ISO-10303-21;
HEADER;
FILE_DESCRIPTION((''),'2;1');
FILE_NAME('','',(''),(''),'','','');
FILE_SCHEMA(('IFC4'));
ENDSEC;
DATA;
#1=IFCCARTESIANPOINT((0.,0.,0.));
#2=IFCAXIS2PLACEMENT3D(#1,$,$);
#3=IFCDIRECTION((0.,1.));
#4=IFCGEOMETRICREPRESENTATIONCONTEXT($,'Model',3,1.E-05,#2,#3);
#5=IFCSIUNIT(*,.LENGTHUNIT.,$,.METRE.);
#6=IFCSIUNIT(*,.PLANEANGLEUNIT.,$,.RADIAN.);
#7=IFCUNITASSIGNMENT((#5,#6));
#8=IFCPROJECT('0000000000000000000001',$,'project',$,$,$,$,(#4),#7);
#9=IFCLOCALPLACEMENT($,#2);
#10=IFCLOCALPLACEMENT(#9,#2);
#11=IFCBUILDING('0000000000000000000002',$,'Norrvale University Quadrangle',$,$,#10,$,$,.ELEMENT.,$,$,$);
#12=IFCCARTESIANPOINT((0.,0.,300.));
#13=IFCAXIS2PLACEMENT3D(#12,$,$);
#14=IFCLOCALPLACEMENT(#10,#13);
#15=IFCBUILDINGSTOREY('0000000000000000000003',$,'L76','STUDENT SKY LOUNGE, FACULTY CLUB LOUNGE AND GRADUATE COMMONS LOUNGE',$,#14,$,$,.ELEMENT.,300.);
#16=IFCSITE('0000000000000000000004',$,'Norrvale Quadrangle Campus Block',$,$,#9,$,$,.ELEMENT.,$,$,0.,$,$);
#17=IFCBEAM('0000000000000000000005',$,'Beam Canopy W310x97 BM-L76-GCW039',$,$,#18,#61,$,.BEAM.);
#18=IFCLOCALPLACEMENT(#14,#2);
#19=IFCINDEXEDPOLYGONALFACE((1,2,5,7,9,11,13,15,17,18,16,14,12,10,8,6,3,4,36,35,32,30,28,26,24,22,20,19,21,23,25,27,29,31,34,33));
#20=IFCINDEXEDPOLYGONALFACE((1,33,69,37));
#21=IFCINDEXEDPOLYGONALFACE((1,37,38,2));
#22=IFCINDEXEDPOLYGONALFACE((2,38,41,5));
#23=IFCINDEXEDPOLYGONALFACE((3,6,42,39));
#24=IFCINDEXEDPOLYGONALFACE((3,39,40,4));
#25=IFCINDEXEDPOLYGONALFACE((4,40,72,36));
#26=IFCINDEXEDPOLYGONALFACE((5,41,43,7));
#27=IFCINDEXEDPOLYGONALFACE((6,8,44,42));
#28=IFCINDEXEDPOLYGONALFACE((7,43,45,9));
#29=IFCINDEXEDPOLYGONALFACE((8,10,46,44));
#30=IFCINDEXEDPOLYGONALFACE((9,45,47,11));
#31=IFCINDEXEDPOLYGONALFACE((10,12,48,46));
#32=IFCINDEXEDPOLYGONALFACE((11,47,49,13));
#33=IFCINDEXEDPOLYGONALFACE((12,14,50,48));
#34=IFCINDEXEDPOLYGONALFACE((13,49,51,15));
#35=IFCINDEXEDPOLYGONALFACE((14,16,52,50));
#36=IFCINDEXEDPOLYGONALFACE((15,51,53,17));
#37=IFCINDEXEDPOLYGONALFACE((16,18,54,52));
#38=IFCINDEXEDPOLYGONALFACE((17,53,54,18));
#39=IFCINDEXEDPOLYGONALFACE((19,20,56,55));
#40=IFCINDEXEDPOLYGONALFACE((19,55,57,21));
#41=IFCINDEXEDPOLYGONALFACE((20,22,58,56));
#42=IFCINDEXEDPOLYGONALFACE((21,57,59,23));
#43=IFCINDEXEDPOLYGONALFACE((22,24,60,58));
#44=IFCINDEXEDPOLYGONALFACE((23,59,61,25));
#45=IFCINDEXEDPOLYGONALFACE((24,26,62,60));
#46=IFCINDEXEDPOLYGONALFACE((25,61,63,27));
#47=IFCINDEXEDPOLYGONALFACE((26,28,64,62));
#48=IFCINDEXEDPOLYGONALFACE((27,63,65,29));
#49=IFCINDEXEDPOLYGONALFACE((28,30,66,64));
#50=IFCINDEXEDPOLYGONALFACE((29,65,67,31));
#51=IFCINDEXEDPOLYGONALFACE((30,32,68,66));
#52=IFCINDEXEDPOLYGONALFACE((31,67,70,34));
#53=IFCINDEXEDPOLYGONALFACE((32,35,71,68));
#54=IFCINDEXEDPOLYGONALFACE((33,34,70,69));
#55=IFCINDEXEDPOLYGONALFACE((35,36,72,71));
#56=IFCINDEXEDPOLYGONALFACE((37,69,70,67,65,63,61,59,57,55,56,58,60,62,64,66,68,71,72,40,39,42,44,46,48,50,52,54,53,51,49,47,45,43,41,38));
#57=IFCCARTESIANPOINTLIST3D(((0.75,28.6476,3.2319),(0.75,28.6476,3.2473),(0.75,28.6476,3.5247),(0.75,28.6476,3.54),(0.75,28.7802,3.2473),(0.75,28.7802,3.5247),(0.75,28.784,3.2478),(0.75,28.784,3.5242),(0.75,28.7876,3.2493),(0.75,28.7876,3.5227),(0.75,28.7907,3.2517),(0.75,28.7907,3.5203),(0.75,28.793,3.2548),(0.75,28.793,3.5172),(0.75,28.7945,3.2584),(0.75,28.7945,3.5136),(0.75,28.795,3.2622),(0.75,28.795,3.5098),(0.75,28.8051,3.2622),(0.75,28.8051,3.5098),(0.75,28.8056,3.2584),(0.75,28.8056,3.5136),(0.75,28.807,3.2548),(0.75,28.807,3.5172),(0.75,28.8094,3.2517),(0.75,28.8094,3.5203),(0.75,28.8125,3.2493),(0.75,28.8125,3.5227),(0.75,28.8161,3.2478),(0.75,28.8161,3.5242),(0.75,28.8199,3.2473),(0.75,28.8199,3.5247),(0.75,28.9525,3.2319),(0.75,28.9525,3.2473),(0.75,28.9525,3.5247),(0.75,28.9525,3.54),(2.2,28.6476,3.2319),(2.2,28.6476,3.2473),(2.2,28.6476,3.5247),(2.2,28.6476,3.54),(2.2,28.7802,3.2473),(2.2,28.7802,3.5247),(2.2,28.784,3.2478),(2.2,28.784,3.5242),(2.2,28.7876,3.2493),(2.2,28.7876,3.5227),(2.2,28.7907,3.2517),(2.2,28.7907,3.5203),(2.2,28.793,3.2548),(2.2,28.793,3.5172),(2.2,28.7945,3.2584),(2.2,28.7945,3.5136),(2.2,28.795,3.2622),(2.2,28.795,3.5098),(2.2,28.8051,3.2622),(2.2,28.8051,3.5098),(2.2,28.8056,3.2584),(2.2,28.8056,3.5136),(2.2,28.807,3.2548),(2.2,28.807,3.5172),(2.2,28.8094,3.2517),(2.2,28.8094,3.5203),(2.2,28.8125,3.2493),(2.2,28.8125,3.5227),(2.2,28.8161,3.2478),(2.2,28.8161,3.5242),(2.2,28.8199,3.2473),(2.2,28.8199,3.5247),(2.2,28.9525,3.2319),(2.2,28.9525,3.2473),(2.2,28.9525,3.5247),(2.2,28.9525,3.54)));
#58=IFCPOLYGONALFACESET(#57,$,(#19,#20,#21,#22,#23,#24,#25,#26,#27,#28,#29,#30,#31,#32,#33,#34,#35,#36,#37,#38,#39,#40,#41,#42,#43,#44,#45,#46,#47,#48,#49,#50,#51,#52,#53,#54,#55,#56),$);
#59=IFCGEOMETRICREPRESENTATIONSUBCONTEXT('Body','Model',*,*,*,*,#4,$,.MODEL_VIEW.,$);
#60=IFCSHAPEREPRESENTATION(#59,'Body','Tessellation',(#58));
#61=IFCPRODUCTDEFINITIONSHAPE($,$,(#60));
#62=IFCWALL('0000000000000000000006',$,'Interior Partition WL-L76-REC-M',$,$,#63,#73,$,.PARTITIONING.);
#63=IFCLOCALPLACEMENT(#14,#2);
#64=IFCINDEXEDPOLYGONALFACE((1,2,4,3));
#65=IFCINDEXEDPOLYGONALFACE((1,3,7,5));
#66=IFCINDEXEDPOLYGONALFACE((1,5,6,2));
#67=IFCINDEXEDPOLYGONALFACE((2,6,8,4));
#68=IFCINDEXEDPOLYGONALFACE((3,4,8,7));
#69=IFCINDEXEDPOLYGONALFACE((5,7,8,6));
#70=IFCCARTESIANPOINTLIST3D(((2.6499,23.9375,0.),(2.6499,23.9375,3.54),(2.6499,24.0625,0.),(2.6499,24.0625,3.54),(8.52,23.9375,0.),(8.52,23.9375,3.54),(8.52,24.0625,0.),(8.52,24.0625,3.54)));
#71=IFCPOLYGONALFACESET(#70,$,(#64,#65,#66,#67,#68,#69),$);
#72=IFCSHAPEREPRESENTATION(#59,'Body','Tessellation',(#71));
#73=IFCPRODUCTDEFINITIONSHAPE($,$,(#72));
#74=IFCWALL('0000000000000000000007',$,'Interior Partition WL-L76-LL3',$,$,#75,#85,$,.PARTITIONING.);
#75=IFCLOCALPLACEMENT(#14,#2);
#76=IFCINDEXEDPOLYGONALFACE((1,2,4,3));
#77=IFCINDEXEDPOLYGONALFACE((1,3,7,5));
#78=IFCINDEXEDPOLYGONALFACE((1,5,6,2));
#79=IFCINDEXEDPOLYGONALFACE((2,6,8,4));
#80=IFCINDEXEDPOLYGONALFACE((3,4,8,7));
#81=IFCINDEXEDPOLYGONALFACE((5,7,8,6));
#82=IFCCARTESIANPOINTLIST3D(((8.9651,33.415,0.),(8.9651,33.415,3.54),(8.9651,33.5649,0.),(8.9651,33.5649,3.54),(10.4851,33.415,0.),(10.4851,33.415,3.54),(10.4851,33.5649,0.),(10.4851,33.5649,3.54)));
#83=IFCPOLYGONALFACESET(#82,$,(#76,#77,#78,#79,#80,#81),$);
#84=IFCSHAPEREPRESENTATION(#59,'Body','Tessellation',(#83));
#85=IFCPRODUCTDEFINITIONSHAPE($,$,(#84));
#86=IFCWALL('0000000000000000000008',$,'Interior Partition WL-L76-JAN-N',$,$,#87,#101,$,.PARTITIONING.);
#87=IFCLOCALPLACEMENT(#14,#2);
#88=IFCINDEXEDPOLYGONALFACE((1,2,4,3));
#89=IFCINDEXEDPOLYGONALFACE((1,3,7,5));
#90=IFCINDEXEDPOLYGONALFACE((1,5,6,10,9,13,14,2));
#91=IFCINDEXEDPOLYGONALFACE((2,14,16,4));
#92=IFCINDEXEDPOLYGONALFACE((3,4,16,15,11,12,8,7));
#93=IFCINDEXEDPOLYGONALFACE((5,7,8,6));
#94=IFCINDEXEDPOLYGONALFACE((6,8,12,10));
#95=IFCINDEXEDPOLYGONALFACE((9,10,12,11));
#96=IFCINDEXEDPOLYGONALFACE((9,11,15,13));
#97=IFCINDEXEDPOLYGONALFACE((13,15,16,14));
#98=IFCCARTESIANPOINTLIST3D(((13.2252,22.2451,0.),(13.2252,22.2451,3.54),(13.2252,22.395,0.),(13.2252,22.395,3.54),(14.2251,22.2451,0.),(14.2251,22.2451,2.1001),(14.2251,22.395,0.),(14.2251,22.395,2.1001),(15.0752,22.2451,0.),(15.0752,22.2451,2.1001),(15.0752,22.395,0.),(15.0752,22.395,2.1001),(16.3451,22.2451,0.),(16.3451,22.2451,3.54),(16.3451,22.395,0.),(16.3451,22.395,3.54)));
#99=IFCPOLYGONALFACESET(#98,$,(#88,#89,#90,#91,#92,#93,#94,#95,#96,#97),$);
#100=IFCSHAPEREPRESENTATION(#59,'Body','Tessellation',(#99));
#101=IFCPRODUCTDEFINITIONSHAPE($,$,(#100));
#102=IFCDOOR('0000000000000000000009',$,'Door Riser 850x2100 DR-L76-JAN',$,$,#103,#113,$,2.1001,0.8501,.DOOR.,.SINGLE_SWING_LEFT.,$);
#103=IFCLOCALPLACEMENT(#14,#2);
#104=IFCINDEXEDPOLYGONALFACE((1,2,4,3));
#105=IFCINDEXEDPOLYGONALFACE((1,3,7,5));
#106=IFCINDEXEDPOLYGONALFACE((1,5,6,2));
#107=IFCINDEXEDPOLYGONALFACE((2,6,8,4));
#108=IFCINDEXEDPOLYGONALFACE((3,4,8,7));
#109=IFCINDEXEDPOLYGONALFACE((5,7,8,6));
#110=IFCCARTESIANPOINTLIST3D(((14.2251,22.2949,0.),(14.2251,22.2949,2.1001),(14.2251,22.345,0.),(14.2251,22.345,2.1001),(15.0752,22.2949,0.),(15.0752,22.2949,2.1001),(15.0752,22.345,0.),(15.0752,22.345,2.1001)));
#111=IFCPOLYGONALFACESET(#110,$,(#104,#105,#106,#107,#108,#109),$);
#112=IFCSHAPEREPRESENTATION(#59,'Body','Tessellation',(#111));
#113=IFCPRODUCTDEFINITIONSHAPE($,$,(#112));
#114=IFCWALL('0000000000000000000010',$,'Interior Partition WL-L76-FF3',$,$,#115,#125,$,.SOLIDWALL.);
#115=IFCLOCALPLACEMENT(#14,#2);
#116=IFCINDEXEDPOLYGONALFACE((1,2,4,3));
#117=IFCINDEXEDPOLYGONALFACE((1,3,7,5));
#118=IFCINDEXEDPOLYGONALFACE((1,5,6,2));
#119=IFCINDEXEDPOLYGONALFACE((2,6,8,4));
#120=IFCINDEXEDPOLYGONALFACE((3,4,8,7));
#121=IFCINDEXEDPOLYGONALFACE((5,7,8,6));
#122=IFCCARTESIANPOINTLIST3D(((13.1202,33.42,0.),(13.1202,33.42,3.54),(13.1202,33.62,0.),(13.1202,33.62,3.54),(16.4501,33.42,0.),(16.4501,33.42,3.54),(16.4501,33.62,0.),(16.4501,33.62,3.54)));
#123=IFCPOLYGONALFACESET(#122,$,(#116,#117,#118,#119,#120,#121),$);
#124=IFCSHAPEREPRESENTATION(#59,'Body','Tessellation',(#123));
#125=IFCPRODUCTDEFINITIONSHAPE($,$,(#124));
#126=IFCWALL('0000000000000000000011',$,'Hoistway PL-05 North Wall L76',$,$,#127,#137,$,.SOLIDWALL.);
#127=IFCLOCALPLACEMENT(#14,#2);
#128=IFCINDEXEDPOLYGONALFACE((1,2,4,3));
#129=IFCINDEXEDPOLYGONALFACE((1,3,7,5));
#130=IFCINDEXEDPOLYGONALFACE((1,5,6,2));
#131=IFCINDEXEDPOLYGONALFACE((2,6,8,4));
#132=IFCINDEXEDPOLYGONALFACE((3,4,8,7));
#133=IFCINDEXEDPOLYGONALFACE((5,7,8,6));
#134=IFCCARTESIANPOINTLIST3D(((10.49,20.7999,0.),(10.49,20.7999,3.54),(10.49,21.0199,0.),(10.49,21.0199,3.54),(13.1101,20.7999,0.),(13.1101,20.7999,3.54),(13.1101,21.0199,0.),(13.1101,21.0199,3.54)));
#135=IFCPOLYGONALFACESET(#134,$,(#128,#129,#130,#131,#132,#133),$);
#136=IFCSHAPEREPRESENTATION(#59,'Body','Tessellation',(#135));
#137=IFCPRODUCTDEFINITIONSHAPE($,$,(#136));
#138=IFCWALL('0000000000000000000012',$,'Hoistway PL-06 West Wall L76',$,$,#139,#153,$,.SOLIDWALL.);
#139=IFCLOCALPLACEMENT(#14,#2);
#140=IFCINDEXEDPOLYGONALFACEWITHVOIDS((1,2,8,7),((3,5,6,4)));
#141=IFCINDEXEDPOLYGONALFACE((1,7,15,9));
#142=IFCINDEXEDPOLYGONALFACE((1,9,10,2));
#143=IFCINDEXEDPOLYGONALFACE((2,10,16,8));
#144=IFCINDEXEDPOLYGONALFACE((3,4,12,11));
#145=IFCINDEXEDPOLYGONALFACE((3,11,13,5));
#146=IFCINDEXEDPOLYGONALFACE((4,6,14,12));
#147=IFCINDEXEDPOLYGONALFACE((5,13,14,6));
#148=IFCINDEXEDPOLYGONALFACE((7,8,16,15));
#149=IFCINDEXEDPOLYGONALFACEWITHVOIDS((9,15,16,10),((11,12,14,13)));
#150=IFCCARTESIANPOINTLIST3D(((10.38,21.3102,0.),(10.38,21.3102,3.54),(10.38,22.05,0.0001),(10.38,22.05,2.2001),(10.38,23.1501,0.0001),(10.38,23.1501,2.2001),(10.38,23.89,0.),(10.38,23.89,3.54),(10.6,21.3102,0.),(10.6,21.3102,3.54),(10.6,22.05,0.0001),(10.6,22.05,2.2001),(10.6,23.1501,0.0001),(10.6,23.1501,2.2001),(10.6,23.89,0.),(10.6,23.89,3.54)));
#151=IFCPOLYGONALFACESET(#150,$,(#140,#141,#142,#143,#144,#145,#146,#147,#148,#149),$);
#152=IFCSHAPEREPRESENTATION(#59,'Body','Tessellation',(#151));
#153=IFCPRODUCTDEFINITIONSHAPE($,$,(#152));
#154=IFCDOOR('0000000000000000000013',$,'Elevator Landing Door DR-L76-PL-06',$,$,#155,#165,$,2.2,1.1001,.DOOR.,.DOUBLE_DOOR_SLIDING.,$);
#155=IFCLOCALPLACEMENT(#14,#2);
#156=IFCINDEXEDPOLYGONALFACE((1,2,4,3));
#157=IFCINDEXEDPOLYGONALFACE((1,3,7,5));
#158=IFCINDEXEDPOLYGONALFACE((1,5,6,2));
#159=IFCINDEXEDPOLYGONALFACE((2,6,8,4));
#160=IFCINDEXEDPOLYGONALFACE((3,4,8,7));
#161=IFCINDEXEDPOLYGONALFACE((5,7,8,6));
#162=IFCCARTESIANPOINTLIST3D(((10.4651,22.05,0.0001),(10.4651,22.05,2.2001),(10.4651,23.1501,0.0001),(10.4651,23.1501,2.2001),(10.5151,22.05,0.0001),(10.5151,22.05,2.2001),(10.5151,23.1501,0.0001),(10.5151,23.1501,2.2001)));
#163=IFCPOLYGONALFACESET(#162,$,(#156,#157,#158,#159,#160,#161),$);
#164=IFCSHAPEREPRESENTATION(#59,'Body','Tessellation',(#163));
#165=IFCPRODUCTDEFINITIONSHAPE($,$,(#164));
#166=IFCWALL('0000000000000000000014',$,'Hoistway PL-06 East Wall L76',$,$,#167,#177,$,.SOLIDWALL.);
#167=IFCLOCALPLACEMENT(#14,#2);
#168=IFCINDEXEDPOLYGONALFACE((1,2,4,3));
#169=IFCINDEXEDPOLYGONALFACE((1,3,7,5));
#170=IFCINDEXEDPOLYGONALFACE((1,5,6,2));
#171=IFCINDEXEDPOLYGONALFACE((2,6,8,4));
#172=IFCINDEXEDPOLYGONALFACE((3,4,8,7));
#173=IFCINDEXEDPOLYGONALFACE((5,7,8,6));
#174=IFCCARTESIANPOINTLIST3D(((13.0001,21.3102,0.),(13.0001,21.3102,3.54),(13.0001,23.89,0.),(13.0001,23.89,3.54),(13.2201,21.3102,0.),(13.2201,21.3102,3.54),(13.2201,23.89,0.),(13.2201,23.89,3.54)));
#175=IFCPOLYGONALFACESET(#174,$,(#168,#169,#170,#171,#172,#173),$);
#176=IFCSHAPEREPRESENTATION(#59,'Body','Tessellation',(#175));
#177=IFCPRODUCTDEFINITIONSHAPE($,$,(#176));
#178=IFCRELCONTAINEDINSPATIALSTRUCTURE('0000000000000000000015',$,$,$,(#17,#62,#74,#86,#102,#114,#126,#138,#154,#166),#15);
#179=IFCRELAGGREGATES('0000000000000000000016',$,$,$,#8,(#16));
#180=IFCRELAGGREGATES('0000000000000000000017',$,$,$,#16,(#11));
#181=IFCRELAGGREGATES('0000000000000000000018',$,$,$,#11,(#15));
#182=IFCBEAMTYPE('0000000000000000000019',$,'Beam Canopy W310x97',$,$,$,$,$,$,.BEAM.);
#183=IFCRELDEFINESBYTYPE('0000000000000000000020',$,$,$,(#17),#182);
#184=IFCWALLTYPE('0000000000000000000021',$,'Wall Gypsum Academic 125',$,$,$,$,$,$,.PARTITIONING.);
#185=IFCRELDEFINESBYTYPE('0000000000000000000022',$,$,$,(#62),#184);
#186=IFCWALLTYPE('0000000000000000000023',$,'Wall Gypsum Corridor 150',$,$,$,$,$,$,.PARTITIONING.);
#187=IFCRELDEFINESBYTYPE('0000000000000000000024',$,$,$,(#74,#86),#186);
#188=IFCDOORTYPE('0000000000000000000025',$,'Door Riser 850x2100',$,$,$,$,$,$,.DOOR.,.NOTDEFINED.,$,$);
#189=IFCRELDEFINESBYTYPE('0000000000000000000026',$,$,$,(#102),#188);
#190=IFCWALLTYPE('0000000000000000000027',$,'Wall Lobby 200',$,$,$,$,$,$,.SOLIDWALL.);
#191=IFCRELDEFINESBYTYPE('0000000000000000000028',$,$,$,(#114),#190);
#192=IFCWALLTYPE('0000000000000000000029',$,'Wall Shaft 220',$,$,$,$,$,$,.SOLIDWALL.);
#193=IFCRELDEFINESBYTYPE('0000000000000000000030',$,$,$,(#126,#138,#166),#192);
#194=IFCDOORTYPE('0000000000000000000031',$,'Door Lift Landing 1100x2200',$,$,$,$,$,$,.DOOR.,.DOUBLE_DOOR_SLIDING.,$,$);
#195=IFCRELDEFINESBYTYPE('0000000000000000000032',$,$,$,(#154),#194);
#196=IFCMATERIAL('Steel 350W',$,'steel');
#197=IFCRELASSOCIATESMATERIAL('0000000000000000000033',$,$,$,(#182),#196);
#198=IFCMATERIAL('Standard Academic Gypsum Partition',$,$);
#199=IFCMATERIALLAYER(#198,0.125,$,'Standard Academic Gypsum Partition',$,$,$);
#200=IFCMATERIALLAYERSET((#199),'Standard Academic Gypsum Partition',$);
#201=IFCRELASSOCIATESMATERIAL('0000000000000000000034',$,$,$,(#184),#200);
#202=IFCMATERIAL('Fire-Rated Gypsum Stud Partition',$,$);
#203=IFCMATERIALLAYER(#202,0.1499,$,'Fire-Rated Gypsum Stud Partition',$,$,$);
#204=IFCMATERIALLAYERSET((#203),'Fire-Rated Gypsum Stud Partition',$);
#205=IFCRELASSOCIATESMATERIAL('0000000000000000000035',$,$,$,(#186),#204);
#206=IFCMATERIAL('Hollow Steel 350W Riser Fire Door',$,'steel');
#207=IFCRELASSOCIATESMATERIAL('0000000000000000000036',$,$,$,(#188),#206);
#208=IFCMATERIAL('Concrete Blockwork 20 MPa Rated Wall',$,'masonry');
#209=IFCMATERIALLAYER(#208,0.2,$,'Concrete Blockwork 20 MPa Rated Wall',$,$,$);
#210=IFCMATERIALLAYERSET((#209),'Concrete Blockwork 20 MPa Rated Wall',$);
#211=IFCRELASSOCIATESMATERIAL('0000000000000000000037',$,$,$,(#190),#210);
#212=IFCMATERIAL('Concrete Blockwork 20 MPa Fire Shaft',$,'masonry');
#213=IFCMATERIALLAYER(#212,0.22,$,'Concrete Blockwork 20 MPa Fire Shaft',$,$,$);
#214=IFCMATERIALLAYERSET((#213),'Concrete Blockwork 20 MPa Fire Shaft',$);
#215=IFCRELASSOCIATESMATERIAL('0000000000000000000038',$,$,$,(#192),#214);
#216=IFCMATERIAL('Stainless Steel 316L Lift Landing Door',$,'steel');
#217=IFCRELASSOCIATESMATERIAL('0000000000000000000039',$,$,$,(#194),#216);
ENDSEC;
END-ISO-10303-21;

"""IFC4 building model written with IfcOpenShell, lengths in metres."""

from ifc_helpers import new_model, si_unit, direction, frame, frame_2d, origin, origin_2d, place, context, subcontext, project, spatial, rectangle, i_section, extrude, material, layer, layer_set, material_profile, profile_set, type_object, element, fill, save


model = new_model("IFC4")

# Units and contexts
model_context = context("Model", 3, precision=1e-05, world=origin(), true_north=direction((0.0, 1.0)))
body_context = subcontext(model_context, "Body", "Model", "MODEL_VIEW")
ifc_project = project(units=[si_unit("LENGTHUNIT", "METRE"), si_unit("PLANEANGLEUNIT", "RADIAN")], contexts=[model_context])

# Site, building, storey
site_placement = place(None, origin())
site = spatial("IfcSite", under=ifc_project, at=site_placement, Name="Norrvale Quadrangle Campus Block", CompositionType="ELEMENT", RefElevation=0.0)
building_placement = place(site_placement, origin())
building = spatial("IfcBuilding", under=site, at=building_placement, Name="Norrvale University Quadrangle", CompositionType="ELEMENT")
storey_placement = place(building_placement, frame((0.0, 0.0, 300.0)))
storey = spatial("IfcBuildingStorey", under=building, at=storey_placement, Name="L76", Description="STUDENT SKY LOUNGE, FACULTY CLUB LOUNGE AND GRADUATE COMMONS LOUNGE", CompositionType="ELEMENT", Elevation=300.0)

# Beam
ifc_material_1 = material(Name="Steel 350W", Category="steel")
ifc_material_profile_1 = material_profile(ifc_material_1, i_section(OverallWidth=0.3049, OverallDepth=0.3081, WebThickness=0.01, FlangeThickness=0.0154, FilletRadius=0.0149, at=origin_2d()), Name="Steel 350W")
ifc_profile_set_1 = profile_set([ifc_material_profile_1], Name="Steel 350W")
beam_type = type_object("IfcBeamType", Name="Beam Canopy W310x97", PredefinedType="BEAM", material=ifc_profile_set_1)
for number, where, z_axis, x_axis, name in (
    (1, (0.75, 28.8, 3.386), (1.0, 0.0, 0.0), (0.0, 1.0, 0.0), "Beam Canopy W310x97 BM-L76-GCW039"),
):
    element("IfcBeam", number, at=place(storey_placement, frame(where, z_axis=z_axis, x_axis=x_axis)), inside=storey, type_object=beam_type, Name=name, PredefinedType="BEAM", context=body_context, shape_type="SweptSolid", body=[
        extrude(i_section(OverallWidth=0.3049, OverallDepth=0.3081, WebThickness=0.01, FlangeThickness=0.0154, FilletRadius=0.0149, at=origin_2d()), origin(), (0.0, 0.0, 1.0), 1.45),
    ])

# Walls
ifc_material_2 = material(Name="Standard Academic Gypsum Partition")
ifc_layer_1 = layer(ifc_material_2, 0.125, Name="Standard Academic Gypsum Partition")
ifc_layer_set_1 = layer_set([ifc_layer_1], Name="Standard Academic Gypsum Partition")
wall_type_1 = type_object("IfcWallType", Name="Wall Gypsum Academic 125", PredefinedType="PARTITIONING", material=ifc_layer_set_1)
wall_1_placement = place(storey_placement, frame((2.6499, 24.0, 0.0), z_axis=(0.0, 0.0, 1.0), x_axis=(1.0, 0.0, 0.0)))
element("IfcWall", 2, at=wall_1_placement, inside=storey, type_object=wall_type_1, Name="Interior Partition WL-L76-REC-M", PredefinedType="PARTITIONING", context=body_context, shape_type="SweptSolid", body=[
    extrude(rectangle(XDim=5.8701, YDim=0.125, at=frame_2d((2.9351, 0.0))), origin(), (0.0, 0.0, 1.0), 3.54),
])
ifc_material_3 = material(Name="Fire-Rated Gypsum Stud Partition")
ifc_layer_2 = layer(ifc_material_3, 0.1499, Name="Fire-Rated Gypsum Stud Partition")
ifc_layer_set_2 = layer_set([ifc_layer_2], Name="Fire-Rated Gypsum Stud Partition")
wall_type_2 = type_object("IfcWallType", Name="Wall Gypsum Corridor 150", PredefinedType="PARTITIONING", material=ifc_layer_set_2)
wall_2_placement = place(storey_placement, frame((8.9651, 33.49, 0.0), z_axis=(0.0, 0.0, 1.0), x_axis=(1.0, 0.0, 0.0)))
element("IfcWall", 3, at=wall_2_placement, inside=storey, type_object=wall_type_2, Name="Interior Partition WL-L76-LL3", PredefinedType="PARTITIONING", context=body_context, shape_type="SweptSolid", body=[
    extrude(rectangle(XDim=1.52, YDim=0.1499, at=frame_2d((0.76, 0.0))), origin(), (0.0, 0.0, 1.0), 3.54),
])

# Wall, opening, door
wall_3_placement = place(storey_placement, frame((13.2251, 22.3201, 0.0), z_axis=(0.0, 0.0, 1.0), x_axis=(1.0, 0.0, 0.0)))
wall_3 = element("IfcWall", 4, at=wall_3_placement, inside=storey, type_object=wall_type_2, Name="Interior Partition WL-L76-JAN-N", PredefinedType="PARTITIONING", context=body_context, shape_type="SweptSolid", body=[
    extrude(rectangle(XDim=3.1199, YDim=0.1499, at=frame_2d((1.5601, 0.0))), origin(), (0.0, 0.0, 1.0), 3.54),
])
opening_1_placement = place(wall_3_placement, frame((1.0, 0.0, 0.0)))
opening_1 = element("IfcOpeningElement", 5, at=opening_1_placement, cuts=wall_3, PredefinedType="OPENING", context=body_context, shape_type="SweptSolid", body=[
    extrude(rectangle(XDim=0.8501, YDim=2.1001, at=frame_2d((0.425, 1.05))), frame((0.0, 0.0869, 0.0), z_axis=(0.0, -1.0, 0.0), x_axis=(1.0, 0.0, 0.0)), (0.0, 0.0, 1.0), 0.1738),
])
ifc_material_4 = material(Name="Hollow Steel 350W Riser Fire Door", Category="steel")
door_type_1 = type_object("IfcDoorType", Name="Door Riser 850x2100", OperationType="NOTDEFINED", PredefinedType="DOOR", material=ifc_material_4)
door_1_placement = place(opening_1_placement, origin())
door_1 = element("IfcDoor", 6, at=door_1_placement, inside=storey, type_object=door_type_1, Name="Door Riser 850x2100 DR-L76-JAN", OperationType="SINGLE_SWING_LEFT", OverallHeight=2.1001, OverallWidth=0.8501, PredefinedType="DOOR", context=body_context, shape_type="SweptSolid", body=[
    extrude(rectangle(XDim=0.8501, YDim=2.1001, at=frame_2d((0.425, 1.05))), frame((0.0, 0.0249, 0.0), z_axis=(0.0, -1.0, 0.0), x_axis=(1.0, 0.0, 0.0)), (0.0, 0.0, 1.0), 0.05),
])
fill(opening_1, door_1)

# Walls
ifc_material_5 = material(Name="Concrete Blockwork 20 MPa Rated Wall", Category="masonry")
ifc_layer_3 = layer(ifc_material_5, 0.2, Name="Concrete Blockwork 20 MPa Rated Wall")
ifc_layer_set_3 = layer_set([ifc_layer_3], Name="Concrete Blockwork 20 MPa Rated Wall")
wall_type_3 = type_object("IfcWallType", Name="Wall Lobby 200", PredefinedType="SOLIDWALL", material=ifc_layer_set_3)
wall_4_placement = place(storey_placement, frame((13.1201, 33.52, 0.0), z_axis=(0.0, 0.0, 1.0), x_axis=(1.0, 0.0, 0.0)))
element("IfcWall", 7, at=wall_4_placement, inside=storey, type_object=wall_type_3, Name="Interior Partition WL-L76-FF3", PredefinedType="SOLIDWALL", context=body_context, shape_type="SweptSolid", body=[
    extrude(rectangle(XDim=3.3298, YDim=0.2, at=frame_2d((1.665, 0.0))), origin(), (0.0, 0.0, 1.0), 3.54),
])
ifc_material_6 = material(Name="Concrete Blockwork 20 MPa Fire Shaft", Category="masonry")
ifc_layer_4 = layer(ifc_material_6, 0.22, Name="Concrete Blockwork 20 MPa Fire Shaft")
ifc_layer_set_4 = layer_set([ifc_layer_4], Name="Concrete Blockwork 20 MPa Fire Shaft")
wall_type_4 = type_object("IfcWallType", Name="Wall Shaft 220", PredefinedType="SOLIDWALL", material=ifc_layer_set_4)
wall_5_placement = place(storey_placement, frame((10.49, 20.9099, 0.0), z_axis=(0.0, 0.0, 1.0), x_axis=(1.0, 0.0, 0.0)))
element("IfcWall", 8, at=wall_5_placement, inside=storey, type_object=wall_type_4, Name="Hoistway PL-05 North Wall L76", PredefinedType="SOLIDWALL", context=body_context, shape_type="SweptSolid", body=[
    extrude(rectangle(XDim=2.6201, YDim=0.22, at=frame_2d((1.3101, 0.0))), origin(), (0.0, 0.0, 1.0), 3.54),
])

# Wall, opening, door
wall_6_placement = place(storey_placement, frame((10.49, 21.3101, 0.0), z_axis=(0.0, 0.0, 1.0), x_axis=(0.0, 1.0, 0.0)))
wall_6 = element("IfcWall", 9, at=wall_6_placement, inside=storey, type_object=wall_type_4, Name="Hoistway PL-06 West Wall L76", PredefinedType="SOLIDWALL", context=body_context, shape_type="SweptSolid", body=[
    extrude(rectangle(XDim=2.5798, YDim=0.22, at=frame_2d((1.29, 0.0))), origin(), (0.0, 0.0, 1.0), 3.54),
])
opening_2_placement = place(wall_6_placement, frame((0.74, 0.0, 0.0)))
opening_2 = element("IfcOpeningElement", 10, at=opening_2_placement, cuts=wall_6, PredefinedType="OPENING", context=body_context, shape_type="SweptSolid", body=[
    extrude(rectangle(XDim=1.1001, YDim=2.2, at=frame_2d((0.55, 1.1001))), frame((0.0, 0.1221, 0.0), z_axis=(0.0, -1.0, 0.0), x_axis=(1.0, 0.0, 0.0)), (0.0, 0.0, 1.0), 0.2439),
])
ifc_material_7 = material(Name="Stainless Steel 316L Lift Landing Door", Category="steel")
door_type_2 = type_object("IfcDoorType", Name="Door Lift Landing 1100x2200", OperationType="DOUBLE_DOOR_SLIDING", PredefinedType="DOOR", material=ifc_material_7)
door_2_placement = place(opening_2_placement, origin())
door_2 = element("IfcDoor", 11, at=door_2_placement, inside=storey, type_object=door_type_2, Name="Elevator Landing Door DR-L76-PL-06", OperationType="DOUBLE_DOOR_SLIDING", OverallHeight=2.2, OverallWidth=1.1001, PredefinedType="DOOR", context=body_context, shape_type="SweptSolid", body=[
    extrude(rectangle(XDim=1.1001, YDim=2.2, at=frame_2d((0.55, 1.1001))), frame((0.0, 0.0249, 0.0), z_axis=(0.0, -1.0, 0.0), x_axis=(1.0, 0.0, 0.0)), (0.0, 0.0, 1.0), 0.05),
])
fill(opening_2, door_2)

# Wall
wall_7_placement = place(storey_placement, frame((13.1101, 21.3101, 0.0), z_axis=(0.0, 0.0, 1.0), x_axis=(0.0, 1.0, 0.0)))
element("IfcWall", 12, at=wall_7_placement, inside=storey, type_object=wall_type_4, Name="Hoistway PL-06 East Wall L76", PredefinedType="SOLIDWALL", context=body_context, shape_type="SweptSolid", body=[
    extrude(rectangle(XDim=2.5798, YDim=0.22, at=frame_2d((1.29, 0.0))), origin(), (0.0, 0.0, 1.0), 3.54),
])

save(model, "model.ifc")
